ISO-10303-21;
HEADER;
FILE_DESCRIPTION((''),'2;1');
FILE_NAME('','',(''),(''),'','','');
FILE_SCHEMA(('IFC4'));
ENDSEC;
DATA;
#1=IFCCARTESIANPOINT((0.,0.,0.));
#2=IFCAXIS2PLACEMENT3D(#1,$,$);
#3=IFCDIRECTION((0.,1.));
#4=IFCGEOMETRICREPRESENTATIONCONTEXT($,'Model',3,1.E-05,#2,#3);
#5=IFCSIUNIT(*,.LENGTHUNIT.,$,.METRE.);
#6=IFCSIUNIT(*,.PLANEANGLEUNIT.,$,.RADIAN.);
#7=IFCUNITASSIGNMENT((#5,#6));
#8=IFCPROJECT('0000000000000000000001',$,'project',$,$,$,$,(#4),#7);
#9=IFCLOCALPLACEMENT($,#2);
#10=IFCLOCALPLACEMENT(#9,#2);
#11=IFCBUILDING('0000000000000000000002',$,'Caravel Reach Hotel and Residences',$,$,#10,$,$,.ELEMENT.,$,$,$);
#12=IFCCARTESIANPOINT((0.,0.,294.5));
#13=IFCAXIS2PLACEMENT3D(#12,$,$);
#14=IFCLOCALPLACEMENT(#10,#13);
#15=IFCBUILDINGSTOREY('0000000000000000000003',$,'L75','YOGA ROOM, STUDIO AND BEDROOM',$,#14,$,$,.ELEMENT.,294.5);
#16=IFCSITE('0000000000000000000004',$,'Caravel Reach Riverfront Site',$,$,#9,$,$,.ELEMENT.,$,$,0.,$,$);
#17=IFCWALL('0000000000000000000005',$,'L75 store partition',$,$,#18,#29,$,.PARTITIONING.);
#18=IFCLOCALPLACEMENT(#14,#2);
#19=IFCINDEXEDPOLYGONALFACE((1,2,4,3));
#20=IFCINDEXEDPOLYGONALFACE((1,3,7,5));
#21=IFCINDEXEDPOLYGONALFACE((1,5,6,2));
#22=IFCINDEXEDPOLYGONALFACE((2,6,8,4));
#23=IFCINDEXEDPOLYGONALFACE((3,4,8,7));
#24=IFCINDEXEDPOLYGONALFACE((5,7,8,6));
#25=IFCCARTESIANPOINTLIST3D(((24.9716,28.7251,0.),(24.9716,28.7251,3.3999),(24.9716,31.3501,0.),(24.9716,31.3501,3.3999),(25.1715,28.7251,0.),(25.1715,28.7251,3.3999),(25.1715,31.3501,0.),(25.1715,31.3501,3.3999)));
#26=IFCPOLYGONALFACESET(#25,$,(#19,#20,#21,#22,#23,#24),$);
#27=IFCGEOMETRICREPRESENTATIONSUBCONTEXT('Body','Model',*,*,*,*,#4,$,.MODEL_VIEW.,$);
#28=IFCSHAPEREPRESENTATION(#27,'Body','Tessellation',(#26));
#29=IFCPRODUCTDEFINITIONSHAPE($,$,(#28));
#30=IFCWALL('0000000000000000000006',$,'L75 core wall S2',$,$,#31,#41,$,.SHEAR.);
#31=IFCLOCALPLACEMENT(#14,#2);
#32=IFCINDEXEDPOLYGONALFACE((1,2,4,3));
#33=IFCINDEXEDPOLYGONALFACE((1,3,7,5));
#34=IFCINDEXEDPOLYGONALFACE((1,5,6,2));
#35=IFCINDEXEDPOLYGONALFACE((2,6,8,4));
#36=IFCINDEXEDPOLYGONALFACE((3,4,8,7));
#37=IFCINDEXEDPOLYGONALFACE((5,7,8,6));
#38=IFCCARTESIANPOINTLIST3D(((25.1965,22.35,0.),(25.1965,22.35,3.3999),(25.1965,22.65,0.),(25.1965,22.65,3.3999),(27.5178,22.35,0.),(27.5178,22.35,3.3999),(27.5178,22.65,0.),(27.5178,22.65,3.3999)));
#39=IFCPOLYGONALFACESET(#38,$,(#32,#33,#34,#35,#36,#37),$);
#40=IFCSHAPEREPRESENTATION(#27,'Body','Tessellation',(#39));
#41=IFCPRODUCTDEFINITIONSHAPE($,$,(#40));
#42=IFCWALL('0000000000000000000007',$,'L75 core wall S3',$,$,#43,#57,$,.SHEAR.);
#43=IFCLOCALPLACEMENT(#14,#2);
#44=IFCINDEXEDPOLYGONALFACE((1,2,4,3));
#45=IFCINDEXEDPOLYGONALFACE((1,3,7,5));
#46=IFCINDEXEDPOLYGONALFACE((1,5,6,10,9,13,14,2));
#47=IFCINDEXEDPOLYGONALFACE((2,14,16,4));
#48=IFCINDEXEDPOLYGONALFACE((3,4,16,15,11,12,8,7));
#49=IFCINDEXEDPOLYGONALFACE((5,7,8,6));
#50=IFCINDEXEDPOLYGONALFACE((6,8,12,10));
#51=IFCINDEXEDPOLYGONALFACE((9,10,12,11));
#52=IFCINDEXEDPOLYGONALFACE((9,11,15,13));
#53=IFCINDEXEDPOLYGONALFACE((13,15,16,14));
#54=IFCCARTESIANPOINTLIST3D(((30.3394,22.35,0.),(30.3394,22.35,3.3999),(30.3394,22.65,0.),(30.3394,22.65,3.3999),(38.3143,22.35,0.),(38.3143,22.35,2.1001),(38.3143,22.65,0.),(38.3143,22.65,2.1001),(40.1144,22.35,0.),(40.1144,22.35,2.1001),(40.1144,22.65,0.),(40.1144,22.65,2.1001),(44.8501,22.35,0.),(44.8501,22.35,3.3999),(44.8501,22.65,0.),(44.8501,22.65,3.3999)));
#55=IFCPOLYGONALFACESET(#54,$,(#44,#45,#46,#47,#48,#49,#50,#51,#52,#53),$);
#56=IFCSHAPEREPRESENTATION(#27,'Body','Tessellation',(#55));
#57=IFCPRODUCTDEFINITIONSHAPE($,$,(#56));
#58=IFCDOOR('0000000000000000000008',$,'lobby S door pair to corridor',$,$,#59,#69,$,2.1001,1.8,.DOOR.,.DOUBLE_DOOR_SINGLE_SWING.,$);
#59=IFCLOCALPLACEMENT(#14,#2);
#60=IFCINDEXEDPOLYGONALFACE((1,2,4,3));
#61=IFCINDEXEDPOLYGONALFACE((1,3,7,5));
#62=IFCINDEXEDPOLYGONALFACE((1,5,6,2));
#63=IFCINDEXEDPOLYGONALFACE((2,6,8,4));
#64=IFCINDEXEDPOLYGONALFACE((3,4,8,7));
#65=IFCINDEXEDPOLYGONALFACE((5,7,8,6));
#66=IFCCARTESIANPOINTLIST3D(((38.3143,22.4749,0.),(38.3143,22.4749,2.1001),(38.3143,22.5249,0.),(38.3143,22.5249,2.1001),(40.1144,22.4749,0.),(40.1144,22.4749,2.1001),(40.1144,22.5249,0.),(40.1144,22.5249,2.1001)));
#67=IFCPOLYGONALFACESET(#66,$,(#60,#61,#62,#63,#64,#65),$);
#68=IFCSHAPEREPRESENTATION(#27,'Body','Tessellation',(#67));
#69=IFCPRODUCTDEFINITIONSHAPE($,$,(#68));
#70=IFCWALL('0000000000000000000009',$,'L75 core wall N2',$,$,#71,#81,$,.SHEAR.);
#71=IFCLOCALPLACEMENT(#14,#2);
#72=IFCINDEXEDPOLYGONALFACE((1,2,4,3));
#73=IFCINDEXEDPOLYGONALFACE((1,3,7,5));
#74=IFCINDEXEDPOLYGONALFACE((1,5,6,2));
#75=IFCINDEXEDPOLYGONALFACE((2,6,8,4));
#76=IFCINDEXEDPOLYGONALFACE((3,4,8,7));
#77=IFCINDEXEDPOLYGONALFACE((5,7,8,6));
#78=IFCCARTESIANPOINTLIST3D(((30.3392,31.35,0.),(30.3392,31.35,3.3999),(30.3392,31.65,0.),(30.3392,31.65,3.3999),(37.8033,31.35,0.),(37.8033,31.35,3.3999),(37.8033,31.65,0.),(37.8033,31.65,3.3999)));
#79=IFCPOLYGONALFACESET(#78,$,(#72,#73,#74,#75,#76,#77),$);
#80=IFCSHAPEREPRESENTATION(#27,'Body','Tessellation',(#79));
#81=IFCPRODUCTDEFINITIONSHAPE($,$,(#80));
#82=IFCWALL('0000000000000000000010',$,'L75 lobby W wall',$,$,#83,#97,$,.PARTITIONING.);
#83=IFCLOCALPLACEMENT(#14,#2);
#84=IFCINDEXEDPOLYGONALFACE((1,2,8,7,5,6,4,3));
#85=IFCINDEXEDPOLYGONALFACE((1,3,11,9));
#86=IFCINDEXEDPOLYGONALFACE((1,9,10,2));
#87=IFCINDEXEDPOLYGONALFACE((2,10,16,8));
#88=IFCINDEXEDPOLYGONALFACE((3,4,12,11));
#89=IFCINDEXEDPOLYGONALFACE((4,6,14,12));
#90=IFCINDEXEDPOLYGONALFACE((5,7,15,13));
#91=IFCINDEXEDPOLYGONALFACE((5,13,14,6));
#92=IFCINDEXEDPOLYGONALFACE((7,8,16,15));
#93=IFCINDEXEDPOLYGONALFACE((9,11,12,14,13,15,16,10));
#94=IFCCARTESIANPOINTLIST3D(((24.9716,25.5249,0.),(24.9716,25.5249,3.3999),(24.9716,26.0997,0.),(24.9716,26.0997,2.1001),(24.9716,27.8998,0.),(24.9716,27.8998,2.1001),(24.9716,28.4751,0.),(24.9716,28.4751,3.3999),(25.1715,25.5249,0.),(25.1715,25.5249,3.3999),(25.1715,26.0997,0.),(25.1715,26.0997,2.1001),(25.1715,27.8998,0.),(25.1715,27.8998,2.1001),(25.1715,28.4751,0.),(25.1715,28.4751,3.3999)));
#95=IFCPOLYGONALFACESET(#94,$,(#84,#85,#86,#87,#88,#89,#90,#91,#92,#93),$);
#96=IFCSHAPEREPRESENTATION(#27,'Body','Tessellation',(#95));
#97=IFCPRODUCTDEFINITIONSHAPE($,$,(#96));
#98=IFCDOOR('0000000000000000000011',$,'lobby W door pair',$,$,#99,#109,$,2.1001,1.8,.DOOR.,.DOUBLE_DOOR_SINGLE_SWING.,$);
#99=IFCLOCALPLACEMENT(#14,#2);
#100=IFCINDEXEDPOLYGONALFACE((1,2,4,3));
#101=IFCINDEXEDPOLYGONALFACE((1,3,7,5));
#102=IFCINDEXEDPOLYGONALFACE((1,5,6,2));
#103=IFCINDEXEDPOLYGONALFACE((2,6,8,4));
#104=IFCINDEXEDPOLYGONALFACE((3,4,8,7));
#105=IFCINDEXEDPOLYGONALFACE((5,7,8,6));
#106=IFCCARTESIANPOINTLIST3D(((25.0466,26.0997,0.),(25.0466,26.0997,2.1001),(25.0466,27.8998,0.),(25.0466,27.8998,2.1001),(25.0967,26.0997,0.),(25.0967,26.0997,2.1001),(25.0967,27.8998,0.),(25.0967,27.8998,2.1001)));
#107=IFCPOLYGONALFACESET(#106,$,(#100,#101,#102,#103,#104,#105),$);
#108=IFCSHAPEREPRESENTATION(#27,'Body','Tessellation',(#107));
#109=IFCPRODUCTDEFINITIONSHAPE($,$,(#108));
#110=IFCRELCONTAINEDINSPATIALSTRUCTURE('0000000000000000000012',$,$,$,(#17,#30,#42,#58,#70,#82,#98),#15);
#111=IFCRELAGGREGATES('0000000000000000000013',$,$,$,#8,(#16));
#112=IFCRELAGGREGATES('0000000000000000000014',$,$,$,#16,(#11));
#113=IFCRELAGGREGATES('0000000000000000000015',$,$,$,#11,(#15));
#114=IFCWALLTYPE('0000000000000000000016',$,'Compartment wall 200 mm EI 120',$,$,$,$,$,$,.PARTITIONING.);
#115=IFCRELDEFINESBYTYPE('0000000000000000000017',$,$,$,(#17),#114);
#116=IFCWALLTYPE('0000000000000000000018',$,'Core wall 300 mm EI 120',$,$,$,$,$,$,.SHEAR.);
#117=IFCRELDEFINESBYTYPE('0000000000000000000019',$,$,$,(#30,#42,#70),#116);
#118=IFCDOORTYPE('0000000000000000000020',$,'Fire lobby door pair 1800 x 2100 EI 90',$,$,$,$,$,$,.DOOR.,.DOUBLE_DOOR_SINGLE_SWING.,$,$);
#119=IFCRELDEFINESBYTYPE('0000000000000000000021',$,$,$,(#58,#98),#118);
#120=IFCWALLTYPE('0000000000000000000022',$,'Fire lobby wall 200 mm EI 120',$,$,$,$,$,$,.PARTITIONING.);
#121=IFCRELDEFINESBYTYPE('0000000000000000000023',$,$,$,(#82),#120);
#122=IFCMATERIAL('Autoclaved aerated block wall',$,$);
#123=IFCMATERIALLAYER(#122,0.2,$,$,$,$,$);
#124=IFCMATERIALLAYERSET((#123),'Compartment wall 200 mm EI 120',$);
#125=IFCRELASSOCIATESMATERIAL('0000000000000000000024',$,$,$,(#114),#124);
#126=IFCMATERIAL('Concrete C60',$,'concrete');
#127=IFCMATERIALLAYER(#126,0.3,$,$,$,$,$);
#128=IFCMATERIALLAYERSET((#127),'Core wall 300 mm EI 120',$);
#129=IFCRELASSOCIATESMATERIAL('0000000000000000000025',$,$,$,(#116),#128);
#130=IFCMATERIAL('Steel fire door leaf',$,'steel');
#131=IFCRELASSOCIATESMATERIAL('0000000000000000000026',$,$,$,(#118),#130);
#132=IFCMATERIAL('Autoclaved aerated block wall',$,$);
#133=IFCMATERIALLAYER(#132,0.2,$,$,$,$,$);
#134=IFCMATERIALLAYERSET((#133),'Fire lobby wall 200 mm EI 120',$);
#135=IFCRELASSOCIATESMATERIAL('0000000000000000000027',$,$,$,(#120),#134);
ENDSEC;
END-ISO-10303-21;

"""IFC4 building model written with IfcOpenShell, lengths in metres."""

from ifc_helpers import new_model, si_unit, direction, frame, frame_2d, origin, place, context, subcontext, project, spatial, rectangle, extrude, material, layer, layer_set, type_object, element, fill, save


model = new_model("IFC4")

# Units and contexts
model_context = context("Model", 3, precision=1e-05, world=origin(), true_north=direction((0.0, 1.0)))
body_context = subcontext(model_context, "Body", "Model", "MODEL_VIEW")
ifc_project = project(units=[si_unit("LENGTHUNIT", "METRE"), si_unit("PLANEANGLEUNIT", "RADIAN")], contexts=[model_context])

# Site, building, storey
site_placement = place(None, origin())
site = spatial("IfcSite", under=ifc_project, at=site_placement, Name="Caravel Reach Riverfront Site", CompositionType="ELEMENT", RefElevation=0.0)
building_placement = place(site_placement, origin())
building = spatial("IfcBuilding", under=site, at=building_placement, Name="Caravel Reach Hotel and Residences", CompositionType="ELEMENT")
storey_placement = place(building_placement, frame((0.0, 0.0, 294.5)))
storey = spatial("IfcBuildingStorey", under=building, at=storey_placement, Name="L75", Description="YOGA ROOM, STUDIO AND BEDROOM", CompositionType="ELEMENT", Elevation=294.5)

# Walls
ifc_material_1 = material(Name="Autoclaved aerated block wall")
ifc_layer_1 = layer(ifc_material_1, 0.2)
ifc_layer_set_1 = layer_set([ifc_layer_1], Name="Compartment wall 200 mm EI 120")
wall_type_1 = type_object("IfcWallType", Name="Compartment wall 200 mm EI 120", PredefinedType="PARTITIONING", material=ifc_layer_set_1)
wall_1_placement = place(storey_placement, frame((25.0715, 28.7251, 0.0), z_axis=(0.0, 0.0, 1.0), x_axis=(0.0, 1.0, 0.0)))
element("IfcWall", 1, at=wall_1_placement, inside=storey, type_object=wall_type_1, Name="L75 store partition", PredefinedType="PARTITIONING", context=body_context, shape_type="SweptSolid", body=[
    extrude(rectangle(XDim=2.625, YDim=0.2, at=frame_2d((1.3125, 0.0))), origin(), (0.0, 0.0, 1.0), 3.3999),
])
ifc_material_2 = material(Name="Concrete C60", Category="concrete")
ifc_layer_2 = layer(ifc_material_2, 0.3)
ifc_layer_set_2 = layer_set([ifc_layer_2], Name="Core wall 300 mm EI 120")
wall_type_2 = type_object("IfcWallType", Name="Core wall 300 mm EI 120", PredefinedType="SHEAR", material=ifc_layer_set_2)
wall_2_placement = place(storey_placement, frame((25.1965, 22.5, 0.0), z_axis=(0.0, 0.0, 1.0), x_axis=(1.0, 0.0, 0.0)))
element("IfcWall", 2, at=wall_2_placement, inside=storey, type_object=wall_type_2, Name="L75 core wall S2", PredefinedType="SHEAR", context=body_context, shape_type="SweptSolid", body=[
    extrude(rectangle(XDim=2.3213, YDim=0.3, at=frame_2d((1.1606, 0.0))), origin(), (0.0, 0.0, 1.0), 3.3999),
])

# Wall, opening, door
wall_3_placement = place(storey_placement, frame((30.3394, 22.5, 0.0), z_axis=(0.0, 0.0, 1.0), x_axis=(1.0, 0.0, 0.0)))
wall_3 = element("IfcWall", 3, at=wall_3_placement, inside=storey, type_object=wall_type_2, Name="L75 core wall S3", PredefinedType="SHEAR", context=body_context, shape_type="SweptSolid", body=[
    extrude(rectangle(XDim=14.5107, YDim=0.3, at=frame_2d((7.2554, 0.0))), origin(), (0.0, 0.0, 1.0), 3.3999),
])
opening_1_placement = place(wall_3_placement, frame((7.9751, 0.0, 0.0)))
opening_1 = element("IfcOpeningElement", 4, at=opening_1_placement, cuts=wall_3, PredefinedType="OPENING", context=body_context, shape_type="SweptSolid", body=[
    extrude(rectangle(XDim=1.8, YDim=2.1001, at=frame_2d((0.8999, 1.05))), frame((0.0, 0.1599, 0.0), z_axis=(0.0, -1.0, 0.0), x_axis=(1.0, 0.0, 0.0)), (0.0, 0.0, 1.0), 0.3201),
])
ifc_material_3 = material(Name="Steel fire door leaf", Category="steel")
door_type_1 = type_object("IfcDoorType", Name="Fire lobby door pair 1800 x 2100 EI 90", OperationType="DOUBLE_DOOR_SINGLE_SWING", PredefinedType="DOOR", material=ifc_material_3)
door_1_placement = place(opening_1_placement, origin())
door_1 = element("IfcDoor", 5, at=door_1_placement, inside=storey, type_object=door_type_1, Name="lobby S door pair to corridor", OperationType="DOUBLE_DOOR_SINGLE_SWING", OverallHeight=2.1001, OverallWidth=1.8, PredefinedType="DOOR", context=body_context, shape_type="SweptSolid", body=[
    extrude(rectangle(XDim=1.8, YDim=2.1001, at=frame_2d((0.8999, 1.05))), frame((0.0, 0.0249, 0.0), z_axis=(0.0, -1.0, 0.0), x_axis=(1.0, 0.0, 0.0)), (0.0, 0.0, 1.0), 0.05),
])
fill(opening_1, door_1)

# Wall
wall_4_placement = place(storey_placement, frame((30.3394, 31.5, 0.0), z_axis=(0.0, 0.0, 1.0), x_axis=(1.0, 0.0, 0.0)))
element("IfcWall", 6, at=wall_4_placement, inside=storey, type_object=wall_type_2, Name="L75 core wall N2", PredefinedType="SHEAR", context=body_context, shape_type="SweptSolid", body=[
    extrude(rectangle(XDim=7.4641, YDim=0.3, at=frame_2d((3.7319, 0.0))), origin(), (0.0, 0.0, 1.0), 3.3999),
])

# Wall, opening, door
ifc_material_4 = material(Name="Autoclaved aerated block wall")
ifc_layer_3 = layer(ifc_material_4, 0.2)
ifc_layer_set_3 = layer_set([ifc_layer_3], Name="Fire lobby wall 200 mm EI 120")
wall_type_3 = type_object("IfcWallType", Name="Fire lobby wall 200 mm EI 120", PredefinedType="PARTITIONING", material=ifc_layer_set_3)
wall_5_placement = place(storey_placement, frame((25.0715, 25.5249, 0.0), z_axis=(0.0, 0.0, 1.0), x_axis=(0.0, 1.0, 0.0)))
wall_5 = element("IfcWall", 7, at=wall_5_placement, inside=storey, type_object=wall_type_3, Name="L75 lobby W wall", PredefinedType="PARTITIONING", context=body_context, shape_type="SweptSolid", body=[
    extrude(rectangle(XDim=2.9502, YDim=0.2, at=frame_2d((1.4751, 0.0))), origin(), (0.0, 0.0, 1.0), 3.3999),
])
opening_2_placement = place(wall_5_placement, frame((0.575, 0.0, 0.0)))
opening_2 = element("IfcOpeningElement", 8, at=opening_2_placement, cuts=wall_5, PredefinedType="OPENING", context=body_context, shape_type="SweptSolid", body=[
    extrude(rectangle(XDim=1.8, YDim=2.1001, at=frame_2d((0.8999, 1.05))), frame((0.0, 0.1099, 0.0), z_axis=(0.0, -1.0, 0.0), x_axis=(1.0, 0.0, 0.0)), (0.0, 0.0, 1.0), 0.22),
])
door_2_placement = place(opening_2_placement, origin())
door_2 = element("IfcDoor", 9, at=door_2_placement, inside=storey, type_object=door_type_1, Name="lobby W door pair", OperationType="DOUBLE_DOOR_SINGLE_SWING", OverallHeight=2.1001, OverallWidth=1.8, PredefinedType="DOOR", context=body_context, shape_type="SweptSolid", body=[
    extrude(rectangle(XDim=1.8, YDim=2.1001, at=frame_2d((0.8999, 1.05))), frame((0.0, 0.0249, 0.0), z_axis=(0.0, -1.0, 0.0), x_axis=(1.0, 0.0, 0.0)), (0.0, 0.0, 1.0), 0.05),
])
fill(opening_2, door_2)

save(model, "model.ifc")
